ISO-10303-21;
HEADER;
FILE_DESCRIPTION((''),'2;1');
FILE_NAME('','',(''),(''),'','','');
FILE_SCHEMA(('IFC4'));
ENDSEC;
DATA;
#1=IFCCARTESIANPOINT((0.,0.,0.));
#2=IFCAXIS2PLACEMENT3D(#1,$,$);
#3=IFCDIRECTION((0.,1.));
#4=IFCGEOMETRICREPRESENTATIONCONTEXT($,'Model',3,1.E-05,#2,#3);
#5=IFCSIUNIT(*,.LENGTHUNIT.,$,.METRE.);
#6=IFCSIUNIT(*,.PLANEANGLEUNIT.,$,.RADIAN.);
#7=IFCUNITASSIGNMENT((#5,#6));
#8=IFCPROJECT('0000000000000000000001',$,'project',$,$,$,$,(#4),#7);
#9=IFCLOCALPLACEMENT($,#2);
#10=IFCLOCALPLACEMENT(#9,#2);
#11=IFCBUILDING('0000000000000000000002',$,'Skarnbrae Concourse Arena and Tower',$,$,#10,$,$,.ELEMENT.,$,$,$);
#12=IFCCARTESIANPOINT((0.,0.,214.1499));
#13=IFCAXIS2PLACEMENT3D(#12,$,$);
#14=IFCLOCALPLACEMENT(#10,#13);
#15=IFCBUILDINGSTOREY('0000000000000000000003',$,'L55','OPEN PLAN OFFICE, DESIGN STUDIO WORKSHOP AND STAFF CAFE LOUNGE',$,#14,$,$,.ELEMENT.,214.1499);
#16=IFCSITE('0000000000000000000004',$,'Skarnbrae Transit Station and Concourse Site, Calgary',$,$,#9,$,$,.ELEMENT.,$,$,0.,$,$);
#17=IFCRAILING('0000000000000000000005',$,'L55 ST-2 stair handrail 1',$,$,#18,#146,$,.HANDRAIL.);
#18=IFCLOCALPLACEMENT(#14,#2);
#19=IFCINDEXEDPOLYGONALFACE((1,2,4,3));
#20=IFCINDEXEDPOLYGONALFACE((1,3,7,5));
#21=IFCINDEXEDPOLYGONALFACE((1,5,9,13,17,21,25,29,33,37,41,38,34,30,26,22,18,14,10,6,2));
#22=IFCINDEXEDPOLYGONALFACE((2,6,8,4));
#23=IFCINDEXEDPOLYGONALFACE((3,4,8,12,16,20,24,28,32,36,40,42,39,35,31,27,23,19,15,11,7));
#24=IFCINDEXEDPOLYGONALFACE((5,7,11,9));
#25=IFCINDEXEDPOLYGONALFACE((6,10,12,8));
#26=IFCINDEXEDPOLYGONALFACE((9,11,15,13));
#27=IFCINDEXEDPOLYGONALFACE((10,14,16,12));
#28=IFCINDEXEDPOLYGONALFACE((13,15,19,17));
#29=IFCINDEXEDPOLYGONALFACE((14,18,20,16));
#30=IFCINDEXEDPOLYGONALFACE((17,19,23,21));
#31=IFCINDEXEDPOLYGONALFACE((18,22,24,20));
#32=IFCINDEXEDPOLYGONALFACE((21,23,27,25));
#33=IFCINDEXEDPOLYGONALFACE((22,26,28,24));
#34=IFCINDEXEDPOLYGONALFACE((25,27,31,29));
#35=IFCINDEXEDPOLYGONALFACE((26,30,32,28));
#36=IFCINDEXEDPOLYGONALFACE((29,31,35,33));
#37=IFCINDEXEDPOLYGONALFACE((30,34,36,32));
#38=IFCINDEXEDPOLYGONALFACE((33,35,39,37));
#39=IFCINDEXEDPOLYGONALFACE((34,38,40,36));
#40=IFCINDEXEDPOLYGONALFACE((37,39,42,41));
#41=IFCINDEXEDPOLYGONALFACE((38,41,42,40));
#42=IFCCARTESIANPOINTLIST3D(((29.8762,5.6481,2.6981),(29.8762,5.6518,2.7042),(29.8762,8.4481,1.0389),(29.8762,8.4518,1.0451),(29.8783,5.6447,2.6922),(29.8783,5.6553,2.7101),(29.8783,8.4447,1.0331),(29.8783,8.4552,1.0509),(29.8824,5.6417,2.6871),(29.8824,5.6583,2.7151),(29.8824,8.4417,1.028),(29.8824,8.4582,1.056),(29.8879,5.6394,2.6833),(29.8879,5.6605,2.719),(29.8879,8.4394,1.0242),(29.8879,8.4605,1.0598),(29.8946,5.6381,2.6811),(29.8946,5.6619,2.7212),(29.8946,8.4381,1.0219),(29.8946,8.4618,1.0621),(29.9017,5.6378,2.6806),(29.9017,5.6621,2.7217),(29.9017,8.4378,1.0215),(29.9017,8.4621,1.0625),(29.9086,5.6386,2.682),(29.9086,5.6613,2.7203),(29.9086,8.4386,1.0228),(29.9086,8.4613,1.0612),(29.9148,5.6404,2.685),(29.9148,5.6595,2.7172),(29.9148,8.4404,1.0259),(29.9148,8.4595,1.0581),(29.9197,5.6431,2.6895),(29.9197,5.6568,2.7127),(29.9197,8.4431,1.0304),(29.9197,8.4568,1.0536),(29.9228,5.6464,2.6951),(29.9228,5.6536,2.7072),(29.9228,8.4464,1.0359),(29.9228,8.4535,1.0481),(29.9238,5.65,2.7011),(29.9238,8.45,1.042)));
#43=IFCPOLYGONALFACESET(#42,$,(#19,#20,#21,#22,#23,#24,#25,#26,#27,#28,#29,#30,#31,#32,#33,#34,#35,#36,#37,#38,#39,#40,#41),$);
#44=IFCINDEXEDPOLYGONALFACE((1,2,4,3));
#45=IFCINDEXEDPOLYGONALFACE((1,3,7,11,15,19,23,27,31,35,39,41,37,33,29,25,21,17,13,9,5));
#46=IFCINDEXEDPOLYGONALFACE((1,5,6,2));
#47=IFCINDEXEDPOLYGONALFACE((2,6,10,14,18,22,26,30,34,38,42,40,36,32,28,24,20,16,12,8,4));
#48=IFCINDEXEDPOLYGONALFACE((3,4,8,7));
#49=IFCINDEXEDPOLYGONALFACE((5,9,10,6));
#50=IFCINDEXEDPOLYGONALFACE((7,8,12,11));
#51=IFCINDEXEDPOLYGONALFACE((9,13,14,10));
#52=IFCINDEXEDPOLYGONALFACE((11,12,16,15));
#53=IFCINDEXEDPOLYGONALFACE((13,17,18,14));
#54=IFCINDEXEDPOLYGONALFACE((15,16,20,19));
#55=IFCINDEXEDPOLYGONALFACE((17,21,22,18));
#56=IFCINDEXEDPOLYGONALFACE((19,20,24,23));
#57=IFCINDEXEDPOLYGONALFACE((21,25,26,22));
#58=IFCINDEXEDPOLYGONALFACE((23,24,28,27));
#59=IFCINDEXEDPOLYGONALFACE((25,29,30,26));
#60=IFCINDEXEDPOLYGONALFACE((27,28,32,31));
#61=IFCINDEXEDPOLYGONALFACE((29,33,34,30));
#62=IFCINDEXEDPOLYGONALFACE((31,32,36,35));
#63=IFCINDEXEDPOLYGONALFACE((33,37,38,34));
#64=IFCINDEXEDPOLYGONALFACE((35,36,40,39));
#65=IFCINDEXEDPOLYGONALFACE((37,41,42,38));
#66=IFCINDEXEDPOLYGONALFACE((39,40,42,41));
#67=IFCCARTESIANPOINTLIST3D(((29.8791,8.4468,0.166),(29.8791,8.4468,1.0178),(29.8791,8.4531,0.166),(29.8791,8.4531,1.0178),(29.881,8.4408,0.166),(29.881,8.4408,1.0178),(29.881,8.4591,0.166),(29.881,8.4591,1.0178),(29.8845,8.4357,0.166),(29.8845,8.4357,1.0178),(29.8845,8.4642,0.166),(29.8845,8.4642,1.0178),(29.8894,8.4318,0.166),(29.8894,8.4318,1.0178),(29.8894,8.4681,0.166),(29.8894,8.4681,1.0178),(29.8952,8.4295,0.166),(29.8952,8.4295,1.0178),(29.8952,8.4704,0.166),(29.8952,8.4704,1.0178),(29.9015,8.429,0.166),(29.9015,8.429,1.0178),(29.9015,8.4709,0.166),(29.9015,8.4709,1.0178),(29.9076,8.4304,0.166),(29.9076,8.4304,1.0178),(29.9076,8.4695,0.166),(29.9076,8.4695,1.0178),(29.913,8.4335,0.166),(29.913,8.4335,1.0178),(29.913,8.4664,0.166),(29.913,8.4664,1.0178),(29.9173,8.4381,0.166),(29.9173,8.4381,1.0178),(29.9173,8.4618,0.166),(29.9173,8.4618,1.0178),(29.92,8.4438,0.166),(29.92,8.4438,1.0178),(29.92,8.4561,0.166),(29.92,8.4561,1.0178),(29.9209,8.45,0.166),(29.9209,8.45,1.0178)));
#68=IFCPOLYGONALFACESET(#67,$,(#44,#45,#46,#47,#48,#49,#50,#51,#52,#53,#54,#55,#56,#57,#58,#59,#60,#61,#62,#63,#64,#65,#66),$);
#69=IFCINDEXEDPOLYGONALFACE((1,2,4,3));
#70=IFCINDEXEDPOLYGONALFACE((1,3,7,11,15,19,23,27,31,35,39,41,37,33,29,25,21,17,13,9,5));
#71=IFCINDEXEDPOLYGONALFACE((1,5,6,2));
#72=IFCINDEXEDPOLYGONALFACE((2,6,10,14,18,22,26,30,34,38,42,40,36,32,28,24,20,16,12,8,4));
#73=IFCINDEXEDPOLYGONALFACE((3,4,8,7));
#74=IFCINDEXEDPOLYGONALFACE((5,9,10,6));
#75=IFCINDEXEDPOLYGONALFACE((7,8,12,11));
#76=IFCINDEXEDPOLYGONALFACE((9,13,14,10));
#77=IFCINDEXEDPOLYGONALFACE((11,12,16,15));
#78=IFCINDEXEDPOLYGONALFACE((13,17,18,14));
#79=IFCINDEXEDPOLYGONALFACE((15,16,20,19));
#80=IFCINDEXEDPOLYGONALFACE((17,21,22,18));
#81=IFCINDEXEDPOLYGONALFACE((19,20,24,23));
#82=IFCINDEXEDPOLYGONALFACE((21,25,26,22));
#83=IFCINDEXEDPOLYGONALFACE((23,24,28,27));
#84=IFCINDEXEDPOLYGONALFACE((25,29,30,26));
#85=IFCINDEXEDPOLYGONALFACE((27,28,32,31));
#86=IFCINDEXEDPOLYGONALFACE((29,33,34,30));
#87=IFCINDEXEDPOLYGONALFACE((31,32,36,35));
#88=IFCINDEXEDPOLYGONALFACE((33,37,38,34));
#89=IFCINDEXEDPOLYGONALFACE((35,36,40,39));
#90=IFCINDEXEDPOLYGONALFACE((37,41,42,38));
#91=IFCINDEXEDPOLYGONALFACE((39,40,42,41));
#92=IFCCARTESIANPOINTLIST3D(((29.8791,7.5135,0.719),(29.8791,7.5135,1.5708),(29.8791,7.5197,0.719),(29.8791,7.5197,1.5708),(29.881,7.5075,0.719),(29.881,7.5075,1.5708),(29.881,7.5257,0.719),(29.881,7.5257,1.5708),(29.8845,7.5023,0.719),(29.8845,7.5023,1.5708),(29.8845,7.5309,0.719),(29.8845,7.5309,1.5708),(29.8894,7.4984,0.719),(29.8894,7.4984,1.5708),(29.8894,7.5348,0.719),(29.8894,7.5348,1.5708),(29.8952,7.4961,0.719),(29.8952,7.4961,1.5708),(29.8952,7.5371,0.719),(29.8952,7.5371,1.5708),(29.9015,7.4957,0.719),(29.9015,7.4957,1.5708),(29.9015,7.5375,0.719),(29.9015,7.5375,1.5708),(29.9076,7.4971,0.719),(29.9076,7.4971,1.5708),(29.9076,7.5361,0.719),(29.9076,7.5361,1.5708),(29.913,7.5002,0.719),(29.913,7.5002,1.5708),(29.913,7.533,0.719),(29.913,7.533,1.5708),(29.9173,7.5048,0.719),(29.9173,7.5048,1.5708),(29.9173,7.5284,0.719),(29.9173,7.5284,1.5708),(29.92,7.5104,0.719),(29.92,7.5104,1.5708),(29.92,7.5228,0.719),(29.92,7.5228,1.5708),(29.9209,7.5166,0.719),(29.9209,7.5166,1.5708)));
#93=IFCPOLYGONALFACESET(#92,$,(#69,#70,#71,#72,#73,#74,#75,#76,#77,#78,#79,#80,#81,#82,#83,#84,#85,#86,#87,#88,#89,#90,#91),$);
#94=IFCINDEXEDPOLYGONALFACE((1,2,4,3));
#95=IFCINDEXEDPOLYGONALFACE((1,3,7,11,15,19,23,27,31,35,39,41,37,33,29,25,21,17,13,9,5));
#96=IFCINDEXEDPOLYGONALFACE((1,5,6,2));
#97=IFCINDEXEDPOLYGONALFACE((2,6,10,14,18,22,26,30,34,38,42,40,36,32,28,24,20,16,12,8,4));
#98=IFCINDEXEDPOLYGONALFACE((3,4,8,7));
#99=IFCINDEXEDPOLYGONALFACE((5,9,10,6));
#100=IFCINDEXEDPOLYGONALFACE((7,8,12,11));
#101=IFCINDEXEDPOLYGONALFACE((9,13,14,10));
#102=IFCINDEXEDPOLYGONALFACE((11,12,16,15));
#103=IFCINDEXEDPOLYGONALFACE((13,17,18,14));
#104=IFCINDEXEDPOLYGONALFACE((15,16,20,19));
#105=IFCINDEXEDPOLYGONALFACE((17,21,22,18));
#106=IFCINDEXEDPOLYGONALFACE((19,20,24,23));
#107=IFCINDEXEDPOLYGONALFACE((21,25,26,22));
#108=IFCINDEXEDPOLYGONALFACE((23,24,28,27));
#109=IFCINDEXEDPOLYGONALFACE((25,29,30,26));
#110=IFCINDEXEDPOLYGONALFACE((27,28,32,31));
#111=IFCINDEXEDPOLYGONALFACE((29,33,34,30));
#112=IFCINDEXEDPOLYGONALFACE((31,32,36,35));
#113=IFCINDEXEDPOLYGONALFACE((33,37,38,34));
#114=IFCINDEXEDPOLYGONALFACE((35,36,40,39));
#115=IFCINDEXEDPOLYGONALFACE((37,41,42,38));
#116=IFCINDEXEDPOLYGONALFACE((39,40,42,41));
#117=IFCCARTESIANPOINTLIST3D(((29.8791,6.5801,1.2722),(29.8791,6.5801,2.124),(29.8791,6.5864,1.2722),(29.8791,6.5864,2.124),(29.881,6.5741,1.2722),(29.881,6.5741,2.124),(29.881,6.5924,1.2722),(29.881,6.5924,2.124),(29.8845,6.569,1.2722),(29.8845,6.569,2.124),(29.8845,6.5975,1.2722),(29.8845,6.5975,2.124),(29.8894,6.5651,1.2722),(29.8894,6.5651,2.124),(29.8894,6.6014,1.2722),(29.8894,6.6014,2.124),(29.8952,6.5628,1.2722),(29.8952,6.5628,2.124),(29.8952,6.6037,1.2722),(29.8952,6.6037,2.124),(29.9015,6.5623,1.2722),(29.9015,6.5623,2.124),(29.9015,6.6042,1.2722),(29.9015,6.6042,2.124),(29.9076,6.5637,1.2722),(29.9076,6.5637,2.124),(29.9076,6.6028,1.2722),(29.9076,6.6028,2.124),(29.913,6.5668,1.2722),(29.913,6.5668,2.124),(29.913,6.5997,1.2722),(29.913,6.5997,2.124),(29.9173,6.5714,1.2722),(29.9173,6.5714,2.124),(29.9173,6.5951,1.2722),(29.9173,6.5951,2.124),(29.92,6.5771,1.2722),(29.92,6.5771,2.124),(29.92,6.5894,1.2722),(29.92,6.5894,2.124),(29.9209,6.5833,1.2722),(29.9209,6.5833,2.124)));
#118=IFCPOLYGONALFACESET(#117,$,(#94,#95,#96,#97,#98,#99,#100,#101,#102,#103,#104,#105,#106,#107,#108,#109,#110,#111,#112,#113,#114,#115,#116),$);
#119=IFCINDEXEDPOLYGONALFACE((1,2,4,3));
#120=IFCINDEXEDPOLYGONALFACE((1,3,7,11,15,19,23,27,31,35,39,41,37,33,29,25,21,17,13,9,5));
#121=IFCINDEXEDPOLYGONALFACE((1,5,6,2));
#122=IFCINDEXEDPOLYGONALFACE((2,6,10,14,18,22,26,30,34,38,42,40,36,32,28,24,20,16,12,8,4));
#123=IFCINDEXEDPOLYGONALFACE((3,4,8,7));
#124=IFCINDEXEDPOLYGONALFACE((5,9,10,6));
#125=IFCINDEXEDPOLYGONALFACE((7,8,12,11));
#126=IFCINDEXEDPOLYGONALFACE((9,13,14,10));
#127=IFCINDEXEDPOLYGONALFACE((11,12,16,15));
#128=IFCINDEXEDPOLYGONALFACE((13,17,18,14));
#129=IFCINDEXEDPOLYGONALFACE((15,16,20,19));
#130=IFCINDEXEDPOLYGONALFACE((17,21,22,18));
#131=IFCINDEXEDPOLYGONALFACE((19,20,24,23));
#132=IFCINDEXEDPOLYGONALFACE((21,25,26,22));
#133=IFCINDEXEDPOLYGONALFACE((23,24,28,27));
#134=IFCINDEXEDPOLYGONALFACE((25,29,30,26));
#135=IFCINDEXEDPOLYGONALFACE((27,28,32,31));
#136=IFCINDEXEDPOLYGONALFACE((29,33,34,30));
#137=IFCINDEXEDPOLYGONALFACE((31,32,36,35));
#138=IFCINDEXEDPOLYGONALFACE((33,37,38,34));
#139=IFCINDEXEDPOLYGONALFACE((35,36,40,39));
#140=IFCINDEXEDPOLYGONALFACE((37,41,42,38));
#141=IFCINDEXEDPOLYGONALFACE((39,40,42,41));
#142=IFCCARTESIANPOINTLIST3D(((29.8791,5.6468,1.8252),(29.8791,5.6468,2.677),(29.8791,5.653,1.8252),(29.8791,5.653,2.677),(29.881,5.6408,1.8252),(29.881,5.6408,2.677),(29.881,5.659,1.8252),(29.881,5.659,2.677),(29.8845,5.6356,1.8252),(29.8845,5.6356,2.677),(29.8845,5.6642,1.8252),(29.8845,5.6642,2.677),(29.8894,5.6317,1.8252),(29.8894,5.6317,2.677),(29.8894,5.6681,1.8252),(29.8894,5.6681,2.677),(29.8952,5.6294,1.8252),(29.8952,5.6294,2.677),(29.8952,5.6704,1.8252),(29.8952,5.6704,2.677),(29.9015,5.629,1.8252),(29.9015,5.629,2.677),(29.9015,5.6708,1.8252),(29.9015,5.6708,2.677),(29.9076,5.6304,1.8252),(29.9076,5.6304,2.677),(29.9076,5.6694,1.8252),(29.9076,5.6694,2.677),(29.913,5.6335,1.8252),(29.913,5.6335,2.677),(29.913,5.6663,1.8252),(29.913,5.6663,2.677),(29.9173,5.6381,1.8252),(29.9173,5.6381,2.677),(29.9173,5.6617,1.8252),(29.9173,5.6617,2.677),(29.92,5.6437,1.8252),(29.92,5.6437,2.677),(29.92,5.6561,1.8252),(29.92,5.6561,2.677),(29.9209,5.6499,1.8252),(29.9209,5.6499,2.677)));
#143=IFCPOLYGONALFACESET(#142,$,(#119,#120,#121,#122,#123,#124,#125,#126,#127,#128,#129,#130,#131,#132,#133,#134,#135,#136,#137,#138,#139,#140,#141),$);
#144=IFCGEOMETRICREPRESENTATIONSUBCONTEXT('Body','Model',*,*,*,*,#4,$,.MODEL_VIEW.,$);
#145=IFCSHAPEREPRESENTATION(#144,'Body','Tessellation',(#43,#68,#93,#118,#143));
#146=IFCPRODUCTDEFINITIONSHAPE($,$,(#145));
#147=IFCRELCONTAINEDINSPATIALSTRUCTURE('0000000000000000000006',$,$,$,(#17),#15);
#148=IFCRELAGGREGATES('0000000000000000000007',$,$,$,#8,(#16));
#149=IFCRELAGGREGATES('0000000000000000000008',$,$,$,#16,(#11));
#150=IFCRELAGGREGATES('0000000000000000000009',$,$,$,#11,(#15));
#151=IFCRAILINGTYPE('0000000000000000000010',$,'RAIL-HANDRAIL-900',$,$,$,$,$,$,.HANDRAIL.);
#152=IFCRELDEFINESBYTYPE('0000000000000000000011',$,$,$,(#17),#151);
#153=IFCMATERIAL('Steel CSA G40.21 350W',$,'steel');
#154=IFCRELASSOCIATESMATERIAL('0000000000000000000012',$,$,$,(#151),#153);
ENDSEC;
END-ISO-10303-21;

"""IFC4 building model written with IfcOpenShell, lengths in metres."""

from ifc_helpers import new_model, si_unit, direction, frame, origin, origin_2d, place, context, subcontext, project, spatial, circle, extrude, material, type_object, element, save


model = new_model("IFC4")

# Units and contexts
model_context = context("Model", 3, precision=1e-05, world=origin(), true_north=direction((0.0, 1.0)))
body_context = subcontext(model_context, "Body", "Model", "MODEL_VIEW")
ifc_project = project(units=[si_unit("LENGTHUNIT", "METRE"), si_unit("PLANEANGLEUNIT", "RADIAN")], contexts=[model_context])

# Site, building, storey
site_placement = place(None, origin())
site = spatial("IfcSite", under=ifc_project, at=site_placement, Name="Skarnbrae Transit Station and Concourse Site, Calgary", CompositionType="ELEMENT", RefElevation=0.0)
building_placement = place(site_placement, origin())
building = spatial("IfcBuilding", under=site, at=building_placement, Name="Skarnbrae Concourse Arena and Tower", CompositionType="ELEMENT")
storey_placement = place(building_placement, frame((0.0, 0.0, 214.1499)))
storey = spatial("IfcBuildingStorey", under=building, at=storey_placement, Name="L55", Description="OPEN PLAN OFFICE, DESIGN STUDIO WORKSHOP AND STAFF CAFE LOUNGE", CompositionType="ELEMENT", Elevation=214.1499)

# Shared definitions
ifc_material_1 = material(Name="Steel CSA G40.21 350W", Category="steel")

# Railing
railing_type_1 = type_object("IfcRailingType", Name="RAIL-HANDRAIL-900", PredefinedType="HANDRAIL", material=ifc_material_1)
railing_1_placement = place(storey_placement, frame((29.8999, 8.45, 0.166)))
element("IfcRailing", 1, at=railing_1_placement, inside=storey, type_object=railing_type_1, Name="L55 ST-2 stair handrail 1", PredefinedType="HANDRAIL", context=body_context, shape_type="SweptSolid", body=[
    extrude(circle(Radius=0.0239, at=origin_2d()), frame((0.0, 0.0, 0.876), z_axis=(0.0, -0.860306, 0.509778), x_axis=(1.0, 0.0, 0.0)), (0.0, 0.0, 1.0), 3.2546),
    extrude(circle(Radius=0.021, at=origin_2d()), origin(), (0.0, 0.0, 1.0), 0.8518),
    extrude(circle(Radius=0.021, at=origin_2d()), frame((0.0, -0.9333, 0.553)), (0.0, 0.0, 1.0), 0.8518),
    extrude(circle(Radius=0.021, at=origin_2d()), frame((0.0, -1.8667, 1.1062)), (0.0, 0.0, 1.0), 0.8518),
    extrude(circle(Radius=0.021, at=origin_2d()), frame((0.0, -2.8, 1.6592)), (0.0, 0.0, 1.0), 0.8518),
])

save(model, "model.ifc")
